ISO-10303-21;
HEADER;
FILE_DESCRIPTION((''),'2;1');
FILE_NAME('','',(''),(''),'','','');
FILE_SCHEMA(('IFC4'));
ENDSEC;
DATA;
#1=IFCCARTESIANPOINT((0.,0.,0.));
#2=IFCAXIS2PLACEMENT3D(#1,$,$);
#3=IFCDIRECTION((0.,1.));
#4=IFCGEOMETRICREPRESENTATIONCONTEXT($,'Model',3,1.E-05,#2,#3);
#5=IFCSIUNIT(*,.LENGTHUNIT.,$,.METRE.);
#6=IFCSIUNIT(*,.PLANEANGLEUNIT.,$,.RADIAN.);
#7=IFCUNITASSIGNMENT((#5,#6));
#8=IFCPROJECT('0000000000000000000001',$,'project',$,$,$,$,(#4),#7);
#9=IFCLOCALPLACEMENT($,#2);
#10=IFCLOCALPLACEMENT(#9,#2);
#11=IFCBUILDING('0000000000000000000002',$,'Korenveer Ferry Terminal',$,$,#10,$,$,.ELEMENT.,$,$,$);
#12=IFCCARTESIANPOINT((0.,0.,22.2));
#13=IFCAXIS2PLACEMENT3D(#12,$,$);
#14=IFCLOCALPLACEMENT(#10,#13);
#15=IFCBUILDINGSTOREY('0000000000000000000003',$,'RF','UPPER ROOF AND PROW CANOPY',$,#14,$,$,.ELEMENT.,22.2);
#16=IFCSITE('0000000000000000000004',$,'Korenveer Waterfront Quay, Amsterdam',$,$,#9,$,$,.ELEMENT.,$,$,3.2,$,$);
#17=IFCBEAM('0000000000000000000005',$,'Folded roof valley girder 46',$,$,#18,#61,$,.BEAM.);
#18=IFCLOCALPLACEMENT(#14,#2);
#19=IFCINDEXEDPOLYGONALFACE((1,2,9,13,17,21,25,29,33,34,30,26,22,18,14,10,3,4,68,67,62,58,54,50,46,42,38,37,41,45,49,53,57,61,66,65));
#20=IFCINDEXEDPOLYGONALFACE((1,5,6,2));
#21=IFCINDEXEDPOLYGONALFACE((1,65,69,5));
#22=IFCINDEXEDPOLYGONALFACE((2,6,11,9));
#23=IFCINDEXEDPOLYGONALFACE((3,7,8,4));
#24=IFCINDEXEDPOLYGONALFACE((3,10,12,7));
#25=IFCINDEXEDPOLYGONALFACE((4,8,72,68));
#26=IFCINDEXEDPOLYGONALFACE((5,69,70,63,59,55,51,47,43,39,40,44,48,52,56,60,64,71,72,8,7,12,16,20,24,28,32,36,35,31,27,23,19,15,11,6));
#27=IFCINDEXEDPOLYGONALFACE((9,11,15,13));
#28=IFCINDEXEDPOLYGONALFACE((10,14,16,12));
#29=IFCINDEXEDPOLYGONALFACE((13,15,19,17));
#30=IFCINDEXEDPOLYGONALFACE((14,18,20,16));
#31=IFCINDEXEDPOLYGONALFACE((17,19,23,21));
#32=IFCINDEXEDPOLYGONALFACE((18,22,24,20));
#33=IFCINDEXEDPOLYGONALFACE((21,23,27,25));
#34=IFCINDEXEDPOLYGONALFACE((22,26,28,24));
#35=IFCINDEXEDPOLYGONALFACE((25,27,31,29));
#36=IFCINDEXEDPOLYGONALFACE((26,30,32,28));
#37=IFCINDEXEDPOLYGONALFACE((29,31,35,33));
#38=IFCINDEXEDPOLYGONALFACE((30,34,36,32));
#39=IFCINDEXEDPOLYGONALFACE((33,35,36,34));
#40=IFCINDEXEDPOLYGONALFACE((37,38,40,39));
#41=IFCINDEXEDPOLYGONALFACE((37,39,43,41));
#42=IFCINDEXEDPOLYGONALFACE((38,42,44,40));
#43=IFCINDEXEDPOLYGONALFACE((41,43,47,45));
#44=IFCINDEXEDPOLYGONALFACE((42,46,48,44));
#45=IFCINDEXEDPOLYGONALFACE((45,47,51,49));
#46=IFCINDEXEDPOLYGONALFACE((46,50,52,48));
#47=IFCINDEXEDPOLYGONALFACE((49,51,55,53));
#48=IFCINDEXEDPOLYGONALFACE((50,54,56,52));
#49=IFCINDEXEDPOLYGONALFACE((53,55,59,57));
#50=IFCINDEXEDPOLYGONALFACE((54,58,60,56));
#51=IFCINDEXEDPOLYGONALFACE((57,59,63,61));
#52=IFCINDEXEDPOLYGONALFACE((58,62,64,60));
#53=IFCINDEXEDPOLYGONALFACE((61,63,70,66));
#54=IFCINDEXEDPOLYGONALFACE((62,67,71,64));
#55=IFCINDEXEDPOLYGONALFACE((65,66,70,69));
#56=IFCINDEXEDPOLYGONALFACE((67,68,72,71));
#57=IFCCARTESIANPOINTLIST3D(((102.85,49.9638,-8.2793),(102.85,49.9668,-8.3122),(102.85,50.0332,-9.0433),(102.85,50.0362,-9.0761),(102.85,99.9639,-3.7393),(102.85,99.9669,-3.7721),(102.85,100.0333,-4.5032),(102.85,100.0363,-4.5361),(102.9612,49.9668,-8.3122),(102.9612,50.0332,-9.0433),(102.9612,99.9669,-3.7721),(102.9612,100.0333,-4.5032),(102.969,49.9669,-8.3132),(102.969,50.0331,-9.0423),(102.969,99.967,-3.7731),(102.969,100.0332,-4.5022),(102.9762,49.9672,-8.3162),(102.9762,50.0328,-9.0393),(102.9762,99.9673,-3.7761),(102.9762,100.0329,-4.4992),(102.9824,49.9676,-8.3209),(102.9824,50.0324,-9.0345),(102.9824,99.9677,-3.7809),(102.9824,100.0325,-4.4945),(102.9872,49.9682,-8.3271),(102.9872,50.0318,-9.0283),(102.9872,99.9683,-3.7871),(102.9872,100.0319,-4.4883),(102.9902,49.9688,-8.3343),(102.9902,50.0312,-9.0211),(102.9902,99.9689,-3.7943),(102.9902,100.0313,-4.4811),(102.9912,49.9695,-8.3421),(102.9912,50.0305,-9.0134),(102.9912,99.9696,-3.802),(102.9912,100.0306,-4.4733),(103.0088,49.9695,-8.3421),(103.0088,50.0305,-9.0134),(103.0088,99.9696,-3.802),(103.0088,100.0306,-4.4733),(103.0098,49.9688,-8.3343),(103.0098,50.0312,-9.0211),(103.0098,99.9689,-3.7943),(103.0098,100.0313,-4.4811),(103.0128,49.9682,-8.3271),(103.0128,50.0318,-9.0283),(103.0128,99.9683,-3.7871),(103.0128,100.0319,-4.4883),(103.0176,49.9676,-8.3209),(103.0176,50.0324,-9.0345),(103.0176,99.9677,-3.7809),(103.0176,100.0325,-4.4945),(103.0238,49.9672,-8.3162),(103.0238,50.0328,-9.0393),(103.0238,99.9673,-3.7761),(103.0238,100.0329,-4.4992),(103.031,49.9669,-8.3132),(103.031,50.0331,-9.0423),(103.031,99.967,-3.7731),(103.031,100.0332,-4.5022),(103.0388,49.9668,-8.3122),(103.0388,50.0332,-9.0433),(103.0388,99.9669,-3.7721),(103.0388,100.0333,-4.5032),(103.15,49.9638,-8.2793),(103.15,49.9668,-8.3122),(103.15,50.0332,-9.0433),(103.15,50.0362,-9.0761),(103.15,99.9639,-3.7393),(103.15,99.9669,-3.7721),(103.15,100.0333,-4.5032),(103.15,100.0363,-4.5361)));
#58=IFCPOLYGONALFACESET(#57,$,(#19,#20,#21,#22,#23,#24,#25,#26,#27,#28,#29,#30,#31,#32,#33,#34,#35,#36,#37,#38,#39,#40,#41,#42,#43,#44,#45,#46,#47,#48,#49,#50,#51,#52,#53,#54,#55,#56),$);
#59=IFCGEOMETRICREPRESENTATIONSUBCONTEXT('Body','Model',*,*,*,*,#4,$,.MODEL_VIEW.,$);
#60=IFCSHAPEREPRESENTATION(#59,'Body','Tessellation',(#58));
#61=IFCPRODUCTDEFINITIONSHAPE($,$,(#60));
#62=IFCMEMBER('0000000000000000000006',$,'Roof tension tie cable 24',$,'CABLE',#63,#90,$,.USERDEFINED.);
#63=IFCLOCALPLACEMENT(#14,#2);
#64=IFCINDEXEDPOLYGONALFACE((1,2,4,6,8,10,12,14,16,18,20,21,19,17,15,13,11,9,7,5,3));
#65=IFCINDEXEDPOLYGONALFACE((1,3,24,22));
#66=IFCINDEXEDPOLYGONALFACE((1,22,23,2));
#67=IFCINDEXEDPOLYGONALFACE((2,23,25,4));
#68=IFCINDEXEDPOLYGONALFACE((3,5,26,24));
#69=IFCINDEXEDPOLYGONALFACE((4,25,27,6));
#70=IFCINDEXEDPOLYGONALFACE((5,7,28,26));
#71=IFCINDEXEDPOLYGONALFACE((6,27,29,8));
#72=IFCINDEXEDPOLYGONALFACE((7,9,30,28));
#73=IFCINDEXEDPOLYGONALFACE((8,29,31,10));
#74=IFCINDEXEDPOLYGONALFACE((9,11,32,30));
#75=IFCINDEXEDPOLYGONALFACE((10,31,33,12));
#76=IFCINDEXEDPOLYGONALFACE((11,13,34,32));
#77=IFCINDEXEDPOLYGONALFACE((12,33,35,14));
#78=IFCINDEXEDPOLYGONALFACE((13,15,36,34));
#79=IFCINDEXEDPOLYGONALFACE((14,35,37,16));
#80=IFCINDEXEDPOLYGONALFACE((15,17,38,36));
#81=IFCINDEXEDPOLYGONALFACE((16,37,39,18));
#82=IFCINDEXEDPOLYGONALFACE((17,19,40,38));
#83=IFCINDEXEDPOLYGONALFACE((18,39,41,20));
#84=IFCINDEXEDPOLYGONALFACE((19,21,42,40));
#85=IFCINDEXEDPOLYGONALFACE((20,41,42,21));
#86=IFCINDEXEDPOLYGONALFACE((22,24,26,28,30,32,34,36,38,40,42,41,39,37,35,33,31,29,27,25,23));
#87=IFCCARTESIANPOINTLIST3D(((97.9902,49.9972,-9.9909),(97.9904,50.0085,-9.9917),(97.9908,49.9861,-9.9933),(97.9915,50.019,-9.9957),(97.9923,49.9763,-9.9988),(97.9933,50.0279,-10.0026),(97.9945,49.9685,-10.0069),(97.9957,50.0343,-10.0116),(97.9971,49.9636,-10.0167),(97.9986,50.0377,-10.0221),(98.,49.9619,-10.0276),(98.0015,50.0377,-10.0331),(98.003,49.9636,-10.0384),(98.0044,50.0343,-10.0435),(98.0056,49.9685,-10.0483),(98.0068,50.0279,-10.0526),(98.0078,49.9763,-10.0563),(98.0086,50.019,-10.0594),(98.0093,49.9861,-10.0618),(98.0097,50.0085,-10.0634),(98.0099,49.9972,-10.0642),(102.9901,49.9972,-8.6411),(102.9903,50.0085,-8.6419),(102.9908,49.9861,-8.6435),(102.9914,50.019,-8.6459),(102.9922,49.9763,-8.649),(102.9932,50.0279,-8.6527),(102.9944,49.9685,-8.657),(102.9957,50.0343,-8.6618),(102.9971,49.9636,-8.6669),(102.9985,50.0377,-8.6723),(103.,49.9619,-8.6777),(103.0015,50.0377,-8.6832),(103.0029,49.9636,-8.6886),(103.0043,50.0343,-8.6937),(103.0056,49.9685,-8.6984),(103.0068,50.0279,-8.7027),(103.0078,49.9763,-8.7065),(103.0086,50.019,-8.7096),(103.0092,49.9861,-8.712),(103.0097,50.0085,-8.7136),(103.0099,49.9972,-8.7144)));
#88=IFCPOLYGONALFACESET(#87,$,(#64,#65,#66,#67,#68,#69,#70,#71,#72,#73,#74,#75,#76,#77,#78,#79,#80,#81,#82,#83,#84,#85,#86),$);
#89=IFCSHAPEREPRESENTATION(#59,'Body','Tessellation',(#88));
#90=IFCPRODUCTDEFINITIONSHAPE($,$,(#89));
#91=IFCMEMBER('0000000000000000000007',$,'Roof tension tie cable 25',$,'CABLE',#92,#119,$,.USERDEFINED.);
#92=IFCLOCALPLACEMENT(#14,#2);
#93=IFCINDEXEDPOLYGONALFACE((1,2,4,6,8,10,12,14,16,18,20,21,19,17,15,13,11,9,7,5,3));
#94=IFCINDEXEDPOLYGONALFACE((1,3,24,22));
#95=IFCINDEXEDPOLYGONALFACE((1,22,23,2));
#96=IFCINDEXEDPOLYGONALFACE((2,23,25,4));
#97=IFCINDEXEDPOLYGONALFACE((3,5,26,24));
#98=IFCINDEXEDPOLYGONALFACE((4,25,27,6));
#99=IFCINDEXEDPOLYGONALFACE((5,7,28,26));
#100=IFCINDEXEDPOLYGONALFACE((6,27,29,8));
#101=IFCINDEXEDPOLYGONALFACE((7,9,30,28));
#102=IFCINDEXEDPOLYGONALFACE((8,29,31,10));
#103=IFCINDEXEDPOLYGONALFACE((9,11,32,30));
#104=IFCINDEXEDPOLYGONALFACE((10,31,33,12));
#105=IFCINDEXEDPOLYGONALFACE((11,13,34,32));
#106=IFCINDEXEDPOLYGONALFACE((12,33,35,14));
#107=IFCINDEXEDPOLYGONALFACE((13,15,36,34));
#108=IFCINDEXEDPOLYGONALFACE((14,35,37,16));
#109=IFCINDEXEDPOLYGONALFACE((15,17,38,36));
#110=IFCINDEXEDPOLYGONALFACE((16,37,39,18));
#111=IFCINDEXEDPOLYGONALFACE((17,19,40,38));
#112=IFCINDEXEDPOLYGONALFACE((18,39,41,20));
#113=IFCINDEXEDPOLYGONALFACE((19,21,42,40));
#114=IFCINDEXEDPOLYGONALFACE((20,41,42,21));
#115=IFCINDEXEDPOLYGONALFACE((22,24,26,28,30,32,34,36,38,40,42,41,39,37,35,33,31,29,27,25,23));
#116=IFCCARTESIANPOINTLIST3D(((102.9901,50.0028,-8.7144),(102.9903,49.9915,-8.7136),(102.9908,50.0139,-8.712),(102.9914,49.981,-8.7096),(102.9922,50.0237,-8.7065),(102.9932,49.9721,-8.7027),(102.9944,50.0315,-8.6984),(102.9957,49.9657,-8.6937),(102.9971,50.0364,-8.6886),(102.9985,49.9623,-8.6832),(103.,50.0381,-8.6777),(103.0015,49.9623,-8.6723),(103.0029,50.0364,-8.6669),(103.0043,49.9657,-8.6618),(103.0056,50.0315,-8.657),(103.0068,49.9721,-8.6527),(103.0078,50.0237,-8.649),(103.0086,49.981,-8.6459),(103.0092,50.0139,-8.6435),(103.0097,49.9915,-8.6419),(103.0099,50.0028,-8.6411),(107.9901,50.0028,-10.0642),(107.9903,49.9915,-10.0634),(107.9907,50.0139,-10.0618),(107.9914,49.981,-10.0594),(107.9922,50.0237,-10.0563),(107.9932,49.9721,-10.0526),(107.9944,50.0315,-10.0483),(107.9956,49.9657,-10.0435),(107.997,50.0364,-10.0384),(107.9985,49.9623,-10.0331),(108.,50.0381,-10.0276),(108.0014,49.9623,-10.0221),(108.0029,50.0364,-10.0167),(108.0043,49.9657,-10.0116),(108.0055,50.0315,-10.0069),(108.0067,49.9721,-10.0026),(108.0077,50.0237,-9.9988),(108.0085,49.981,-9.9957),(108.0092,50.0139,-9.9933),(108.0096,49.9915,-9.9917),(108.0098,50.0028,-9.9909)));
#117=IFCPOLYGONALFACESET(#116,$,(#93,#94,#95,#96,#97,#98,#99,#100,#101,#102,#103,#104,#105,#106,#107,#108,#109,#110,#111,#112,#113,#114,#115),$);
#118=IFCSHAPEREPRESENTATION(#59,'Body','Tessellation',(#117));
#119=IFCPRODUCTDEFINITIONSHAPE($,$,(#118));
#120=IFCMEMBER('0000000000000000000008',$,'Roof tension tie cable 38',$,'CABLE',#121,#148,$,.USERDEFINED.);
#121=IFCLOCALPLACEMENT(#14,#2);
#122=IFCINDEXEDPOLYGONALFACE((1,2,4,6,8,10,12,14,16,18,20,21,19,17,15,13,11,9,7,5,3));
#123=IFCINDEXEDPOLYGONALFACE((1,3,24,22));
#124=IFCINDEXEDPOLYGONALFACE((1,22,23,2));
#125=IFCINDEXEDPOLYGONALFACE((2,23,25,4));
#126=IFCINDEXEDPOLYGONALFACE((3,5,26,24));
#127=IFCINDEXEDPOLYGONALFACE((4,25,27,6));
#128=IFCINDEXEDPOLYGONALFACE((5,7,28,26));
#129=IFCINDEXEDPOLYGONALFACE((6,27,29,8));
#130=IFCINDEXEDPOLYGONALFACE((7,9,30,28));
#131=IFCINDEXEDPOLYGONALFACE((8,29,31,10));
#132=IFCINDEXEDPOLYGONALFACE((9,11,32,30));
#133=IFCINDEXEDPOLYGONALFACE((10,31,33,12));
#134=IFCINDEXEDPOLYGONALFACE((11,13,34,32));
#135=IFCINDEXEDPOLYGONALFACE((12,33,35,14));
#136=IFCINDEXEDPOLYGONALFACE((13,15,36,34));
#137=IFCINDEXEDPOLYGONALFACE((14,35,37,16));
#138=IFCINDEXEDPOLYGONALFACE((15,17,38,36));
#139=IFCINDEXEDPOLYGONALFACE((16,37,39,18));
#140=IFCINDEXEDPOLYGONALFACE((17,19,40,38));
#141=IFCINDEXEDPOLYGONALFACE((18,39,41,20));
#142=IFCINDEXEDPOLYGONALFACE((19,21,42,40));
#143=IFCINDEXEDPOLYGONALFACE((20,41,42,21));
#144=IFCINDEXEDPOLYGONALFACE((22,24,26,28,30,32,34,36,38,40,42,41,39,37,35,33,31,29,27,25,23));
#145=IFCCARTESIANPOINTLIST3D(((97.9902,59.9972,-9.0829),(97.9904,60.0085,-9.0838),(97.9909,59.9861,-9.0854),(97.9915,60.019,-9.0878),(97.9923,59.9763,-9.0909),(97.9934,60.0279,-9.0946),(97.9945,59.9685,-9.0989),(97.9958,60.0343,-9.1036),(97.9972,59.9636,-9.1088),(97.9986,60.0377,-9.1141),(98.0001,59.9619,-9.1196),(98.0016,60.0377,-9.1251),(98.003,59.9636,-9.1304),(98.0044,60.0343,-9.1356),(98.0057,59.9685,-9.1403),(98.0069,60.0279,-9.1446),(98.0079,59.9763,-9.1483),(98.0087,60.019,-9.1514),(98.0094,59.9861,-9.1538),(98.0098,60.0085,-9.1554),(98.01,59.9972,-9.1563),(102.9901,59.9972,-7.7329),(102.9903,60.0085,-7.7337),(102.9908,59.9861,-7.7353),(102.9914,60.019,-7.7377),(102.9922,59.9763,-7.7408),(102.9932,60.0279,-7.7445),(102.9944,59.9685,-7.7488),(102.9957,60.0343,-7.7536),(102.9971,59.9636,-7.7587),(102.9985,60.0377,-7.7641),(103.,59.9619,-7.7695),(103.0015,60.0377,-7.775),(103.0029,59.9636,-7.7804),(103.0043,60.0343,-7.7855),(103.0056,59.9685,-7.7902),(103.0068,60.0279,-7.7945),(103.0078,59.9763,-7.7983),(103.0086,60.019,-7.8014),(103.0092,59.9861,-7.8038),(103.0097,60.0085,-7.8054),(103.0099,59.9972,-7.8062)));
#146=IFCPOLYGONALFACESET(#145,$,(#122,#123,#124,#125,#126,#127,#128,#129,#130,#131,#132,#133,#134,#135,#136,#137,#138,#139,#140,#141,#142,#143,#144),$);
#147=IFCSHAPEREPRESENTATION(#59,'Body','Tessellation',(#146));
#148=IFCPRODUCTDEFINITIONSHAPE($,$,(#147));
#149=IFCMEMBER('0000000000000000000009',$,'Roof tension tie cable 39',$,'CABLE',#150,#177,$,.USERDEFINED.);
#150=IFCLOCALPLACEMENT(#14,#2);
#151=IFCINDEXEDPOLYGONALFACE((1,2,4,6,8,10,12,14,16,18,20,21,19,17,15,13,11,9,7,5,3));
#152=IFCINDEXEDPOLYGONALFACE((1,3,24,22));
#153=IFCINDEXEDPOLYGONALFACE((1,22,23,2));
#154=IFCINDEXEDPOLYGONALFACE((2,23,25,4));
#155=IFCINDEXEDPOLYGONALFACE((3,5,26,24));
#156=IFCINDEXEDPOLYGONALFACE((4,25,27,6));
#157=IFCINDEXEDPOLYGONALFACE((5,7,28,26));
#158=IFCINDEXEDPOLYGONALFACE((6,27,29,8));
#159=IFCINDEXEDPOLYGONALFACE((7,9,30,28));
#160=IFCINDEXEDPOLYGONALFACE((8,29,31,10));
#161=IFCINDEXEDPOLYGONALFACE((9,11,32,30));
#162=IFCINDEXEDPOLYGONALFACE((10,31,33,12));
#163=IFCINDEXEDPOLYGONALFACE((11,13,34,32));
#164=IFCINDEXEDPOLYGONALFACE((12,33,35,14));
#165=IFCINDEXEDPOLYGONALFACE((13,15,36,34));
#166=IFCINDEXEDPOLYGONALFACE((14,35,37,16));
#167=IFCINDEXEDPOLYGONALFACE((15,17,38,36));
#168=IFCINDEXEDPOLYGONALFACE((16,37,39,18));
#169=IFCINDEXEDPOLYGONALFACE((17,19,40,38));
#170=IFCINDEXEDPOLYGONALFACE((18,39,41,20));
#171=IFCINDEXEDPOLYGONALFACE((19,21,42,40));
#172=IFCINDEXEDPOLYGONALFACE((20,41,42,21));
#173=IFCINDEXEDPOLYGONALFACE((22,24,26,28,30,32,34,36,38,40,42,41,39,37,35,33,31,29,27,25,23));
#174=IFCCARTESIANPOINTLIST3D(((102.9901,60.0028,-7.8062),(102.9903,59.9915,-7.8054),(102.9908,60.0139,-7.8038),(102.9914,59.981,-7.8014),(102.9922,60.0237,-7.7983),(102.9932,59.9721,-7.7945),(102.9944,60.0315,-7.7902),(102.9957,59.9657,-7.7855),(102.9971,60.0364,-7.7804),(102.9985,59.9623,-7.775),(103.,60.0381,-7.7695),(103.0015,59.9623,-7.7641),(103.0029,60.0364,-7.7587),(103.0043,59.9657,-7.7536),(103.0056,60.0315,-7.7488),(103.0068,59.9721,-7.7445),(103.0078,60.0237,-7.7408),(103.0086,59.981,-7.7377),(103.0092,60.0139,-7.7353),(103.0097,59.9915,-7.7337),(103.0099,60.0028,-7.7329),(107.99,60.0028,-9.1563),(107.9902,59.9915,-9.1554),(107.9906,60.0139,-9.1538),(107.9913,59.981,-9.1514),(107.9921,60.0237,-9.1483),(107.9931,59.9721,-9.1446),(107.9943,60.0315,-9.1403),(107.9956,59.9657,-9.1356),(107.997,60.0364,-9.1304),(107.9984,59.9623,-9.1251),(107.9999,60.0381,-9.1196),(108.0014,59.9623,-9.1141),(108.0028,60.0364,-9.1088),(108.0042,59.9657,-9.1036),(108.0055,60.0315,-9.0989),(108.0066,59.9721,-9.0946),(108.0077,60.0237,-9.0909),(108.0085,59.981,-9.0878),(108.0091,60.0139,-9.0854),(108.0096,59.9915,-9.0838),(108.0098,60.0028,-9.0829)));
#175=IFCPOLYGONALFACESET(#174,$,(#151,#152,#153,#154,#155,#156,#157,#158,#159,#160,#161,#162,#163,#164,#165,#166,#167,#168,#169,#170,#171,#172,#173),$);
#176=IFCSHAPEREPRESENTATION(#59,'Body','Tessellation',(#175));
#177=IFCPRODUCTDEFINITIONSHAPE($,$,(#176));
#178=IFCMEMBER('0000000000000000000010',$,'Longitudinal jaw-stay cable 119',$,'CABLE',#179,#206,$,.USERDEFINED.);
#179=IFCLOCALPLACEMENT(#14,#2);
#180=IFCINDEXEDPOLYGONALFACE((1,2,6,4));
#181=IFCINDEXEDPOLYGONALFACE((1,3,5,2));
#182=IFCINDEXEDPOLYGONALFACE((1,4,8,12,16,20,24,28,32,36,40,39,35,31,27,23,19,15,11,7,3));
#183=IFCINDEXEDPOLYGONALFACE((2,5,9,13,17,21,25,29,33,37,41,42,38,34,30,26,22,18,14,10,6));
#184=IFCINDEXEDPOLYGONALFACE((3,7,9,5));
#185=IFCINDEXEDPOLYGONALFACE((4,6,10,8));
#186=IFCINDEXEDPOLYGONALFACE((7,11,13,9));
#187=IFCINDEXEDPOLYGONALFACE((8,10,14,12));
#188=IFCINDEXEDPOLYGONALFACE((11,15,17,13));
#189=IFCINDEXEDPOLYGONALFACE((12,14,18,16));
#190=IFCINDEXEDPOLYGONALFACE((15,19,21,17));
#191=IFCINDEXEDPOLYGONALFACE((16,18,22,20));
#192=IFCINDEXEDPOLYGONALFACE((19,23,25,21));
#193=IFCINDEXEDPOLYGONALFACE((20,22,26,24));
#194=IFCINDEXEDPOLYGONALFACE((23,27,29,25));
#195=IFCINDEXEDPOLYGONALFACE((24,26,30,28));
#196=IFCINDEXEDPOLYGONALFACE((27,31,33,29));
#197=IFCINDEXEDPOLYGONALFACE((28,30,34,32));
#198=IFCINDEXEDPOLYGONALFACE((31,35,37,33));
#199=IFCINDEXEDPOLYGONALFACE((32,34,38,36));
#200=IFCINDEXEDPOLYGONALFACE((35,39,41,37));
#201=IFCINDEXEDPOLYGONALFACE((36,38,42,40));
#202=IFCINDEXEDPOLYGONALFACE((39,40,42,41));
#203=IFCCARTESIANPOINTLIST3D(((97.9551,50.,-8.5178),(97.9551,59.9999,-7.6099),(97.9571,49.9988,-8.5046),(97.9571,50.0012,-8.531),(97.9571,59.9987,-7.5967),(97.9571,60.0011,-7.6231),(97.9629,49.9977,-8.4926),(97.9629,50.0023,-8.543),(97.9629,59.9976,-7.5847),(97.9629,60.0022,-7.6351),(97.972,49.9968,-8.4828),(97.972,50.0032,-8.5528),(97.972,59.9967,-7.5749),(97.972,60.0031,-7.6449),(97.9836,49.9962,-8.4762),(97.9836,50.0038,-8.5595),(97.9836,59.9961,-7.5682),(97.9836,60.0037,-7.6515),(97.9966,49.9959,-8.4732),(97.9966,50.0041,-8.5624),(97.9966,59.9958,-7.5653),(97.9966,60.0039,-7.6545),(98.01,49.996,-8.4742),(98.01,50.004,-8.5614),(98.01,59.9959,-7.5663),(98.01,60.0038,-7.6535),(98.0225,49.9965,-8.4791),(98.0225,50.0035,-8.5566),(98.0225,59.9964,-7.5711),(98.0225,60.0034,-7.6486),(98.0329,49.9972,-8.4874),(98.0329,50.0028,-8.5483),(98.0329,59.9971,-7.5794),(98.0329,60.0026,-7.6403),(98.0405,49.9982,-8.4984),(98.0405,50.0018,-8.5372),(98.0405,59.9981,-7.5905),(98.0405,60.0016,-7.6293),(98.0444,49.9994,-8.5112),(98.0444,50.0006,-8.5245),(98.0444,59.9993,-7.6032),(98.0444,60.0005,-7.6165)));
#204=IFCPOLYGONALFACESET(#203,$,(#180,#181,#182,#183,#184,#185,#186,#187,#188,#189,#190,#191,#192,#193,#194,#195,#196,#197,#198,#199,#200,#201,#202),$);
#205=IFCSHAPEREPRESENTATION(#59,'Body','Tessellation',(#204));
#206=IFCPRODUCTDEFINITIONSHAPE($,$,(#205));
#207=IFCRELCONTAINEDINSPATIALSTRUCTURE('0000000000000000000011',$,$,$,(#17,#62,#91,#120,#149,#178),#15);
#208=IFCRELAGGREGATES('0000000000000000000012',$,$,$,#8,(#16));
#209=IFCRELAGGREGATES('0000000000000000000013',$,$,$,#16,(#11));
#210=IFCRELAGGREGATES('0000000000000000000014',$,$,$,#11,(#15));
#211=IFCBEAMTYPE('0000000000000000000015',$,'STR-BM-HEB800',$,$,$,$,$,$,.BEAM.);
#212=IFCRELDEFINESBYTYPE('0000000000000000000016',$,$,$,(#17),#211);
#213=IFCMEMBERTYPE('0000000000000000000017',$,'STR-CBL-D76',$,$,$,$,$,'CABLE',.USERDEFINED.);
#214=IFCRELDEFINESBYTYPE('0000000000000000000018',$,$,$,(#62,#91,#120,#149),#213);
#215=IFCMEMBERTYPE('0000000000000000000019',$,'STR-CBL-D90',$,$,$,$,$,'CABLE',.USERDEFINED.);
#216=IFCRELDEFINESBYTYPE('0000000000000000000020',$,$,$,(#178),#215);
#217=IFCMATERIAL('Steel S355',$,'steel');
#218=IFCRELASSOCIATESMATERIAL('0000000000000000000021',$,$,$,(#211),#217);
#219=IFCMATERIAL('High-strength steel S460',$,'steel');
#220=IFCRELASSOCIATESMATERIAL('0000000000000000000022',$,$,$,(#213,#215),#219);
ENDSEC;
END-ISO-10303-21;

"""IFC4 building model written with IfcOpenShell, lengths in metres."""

from ifc_helpers import new_model, si_unit, direction, frame, origin, origin_2d, place, context, subcontext, project, spatial, circle, i_section, extrude, material, material_profile, profile_set, type_object, element, save


model = new_model("IFC4")

# Units and contexts
model_context = context("Model", 3, precision=1e-05, world=origin(), true_north=direction((0.0, 1.0)))
body_context = subcontext(model_context, "Body", "Model", "MODEL_VIEW")
ifc_project = project(units=[si_unit("LENGTHUNIT", "METRE"), si_unit("PLANEANGLEUNIT", "RADIAN")], contexts=[model_context])

# Site, building, storey
site_placement = place(None, origin())
site = spatial("IfcSite", under=ifc_project, at=site_placement, Name="Korenveer Waterfront Quay, Amsterdam", CompositionType="ELEMENT", RefElevation=3.2)
building_placement = place(site_placement, origin())
building = spatial("IfcBuilding", under=site, at=building_placement, Name="Korenveer Ferry Terminal", CompositionType="ELEMENT")
storey_placement = place(building_placement, frame((0.0, 0.0, 22.2)))
storey = spatial("IfcBuildingStorey", under=building, at=storey_placement, Name="RF", Description="UPPER ROOF AND PROW CANOPY", CompositionType="ELEMENT", Elevation=22.2)

# Beam
ifc_material_1 = material(Name="Steel S355", Category="steel")
ifc_material_profile_1 = material_profile(ifc_material_1, i_section(OverallWidth=0.3, OverallDepth=0.8, WebThickness=0.0176, FlangeThickness=0.033, FilletRadius=0.03, at=origin_2d()), Name="HEB 800")
ifc_profile_set_1 = profile_set([ifc_material_profile_1], Name="Steel S355")
beam_type = type_object("IfcBeamType", Name="STR-BM-HEB800", PredefinedType="BEAM", material=ifc_profile_set_1)
beam_placement = place(storey_placement, frame((103.0, 50.0, -8.6777), z_axis=(0.0, 0.995903, 0.090429), x_axis=(-1.0, 0.0, 0.0)))
element("IfcBeam", 1, at=beam_placement, inside=storey, type_object=beam_type, Name="Folded roof valley girder 46", PredefinedType="BEAM", context=body_context, shape_type="SweptSolid", body=[
    extrude(i_section(OverallWidth=0.3, OverallDepth=0.8, WebThickness=0.0176, FlangeThickness=0.033, FilletRadius=0.03, at=origin_2d()), origin(), (0.0, 0.0, 1.0), 50.2058),
])

# Members
ifc_material_2 = material(Name="High-strength steel S460", Category="steel")
ifc_material_profile_2 = material_profile(ifc_material_2, circle(Radius=0.0381, at=origin_2d()), Name="ROD D76")
ifc_profile_set_2 = profile_set([ifc_material_profile_2], Name="High-strength steel S460")
member_type_1 = type_object("IfcMemberType", Name="STR-CBL-D76", ElementType="CABLE", PredefinedType="USERDEFINED", material=ifc_profile_set_2)
for number, where, z_axis, x_axis, name in (
    (2, (103.0, 50.0, -8.6777), (-0.965436, 0.0, -0.260639), (0.0, -1.0, 0.0), "Roof tension tie cable 24"),
    (3, (103.0, 50.0, -8.6777), (0.965436, 0.0, -0.260639), (0.0, 1.0, 0.0), "Roof tension tie cable 25"),
    (4, (103.0, 60.0, -7.7695), (-0.965424, 0.0, -0.260683), (0.0, -1.0, 0.0), "Roof tension tie cable 38"),
    (5, (103.0, 60.0, -7.7695), (0.965424, 0.0, -0.260683), (0.0, 1.0, 0.0), "Roof tension tie cable 39"),
):
    element("IfcMember", number, at=place(storey_placement, frame(where, z_axis=z_axis, x_axis=x_axis)), inside=storey, type_object=member_type_1, Name=name, ObjectType="CABLE", PredefinedType="USERDEFINED", context=body_context, shape_type="SweptSolid", body=[
        extrude(circle(Radius=0.0381, at=origin_2d()), origin(), (0.0, 0.0, 1.0), 5.179),
    ])
ifc_material_profile_3 = material_profile(ifc_material_2, circle(Radius=0.0449, at=origin_2d()), Name="ROD D90")
ifc_profile_set_3 = profile_set([ifc_material_profile_3], Name="High-strength steel S460")
member_type_2 = type_object("IfcMemberType", Name="STR-CBL-D90", ElementType="CABLE", PredefinedType="USERDEFINED", material=ifc_profile_set_3)
for number, where, z_axis, x_axis, name in (
    (6, (98.0, 50.0, -8.5178), (0.0, 0.995903, 0.090424), (-1.0, 0.0, 0.0), "Longitudinal jaw-stay cable 119"),
):
    element("IfcMember", number, at=place(storey_placement, frame(where, z_axis=z_axis, x_axis=x_axis)), inside=storey, type_object=member_type_2, Name=name, ObjectType="CABLE", PredefinedType="USERDEFINED", context=body_context, shape_type="SweptSolid", body=[
        extrude(circle(Radius=0.0449, at=origin_2d()), origin(), (0.0, 0.0, 1.0), 10.041),
    ])

save(model, "model.ifc")
